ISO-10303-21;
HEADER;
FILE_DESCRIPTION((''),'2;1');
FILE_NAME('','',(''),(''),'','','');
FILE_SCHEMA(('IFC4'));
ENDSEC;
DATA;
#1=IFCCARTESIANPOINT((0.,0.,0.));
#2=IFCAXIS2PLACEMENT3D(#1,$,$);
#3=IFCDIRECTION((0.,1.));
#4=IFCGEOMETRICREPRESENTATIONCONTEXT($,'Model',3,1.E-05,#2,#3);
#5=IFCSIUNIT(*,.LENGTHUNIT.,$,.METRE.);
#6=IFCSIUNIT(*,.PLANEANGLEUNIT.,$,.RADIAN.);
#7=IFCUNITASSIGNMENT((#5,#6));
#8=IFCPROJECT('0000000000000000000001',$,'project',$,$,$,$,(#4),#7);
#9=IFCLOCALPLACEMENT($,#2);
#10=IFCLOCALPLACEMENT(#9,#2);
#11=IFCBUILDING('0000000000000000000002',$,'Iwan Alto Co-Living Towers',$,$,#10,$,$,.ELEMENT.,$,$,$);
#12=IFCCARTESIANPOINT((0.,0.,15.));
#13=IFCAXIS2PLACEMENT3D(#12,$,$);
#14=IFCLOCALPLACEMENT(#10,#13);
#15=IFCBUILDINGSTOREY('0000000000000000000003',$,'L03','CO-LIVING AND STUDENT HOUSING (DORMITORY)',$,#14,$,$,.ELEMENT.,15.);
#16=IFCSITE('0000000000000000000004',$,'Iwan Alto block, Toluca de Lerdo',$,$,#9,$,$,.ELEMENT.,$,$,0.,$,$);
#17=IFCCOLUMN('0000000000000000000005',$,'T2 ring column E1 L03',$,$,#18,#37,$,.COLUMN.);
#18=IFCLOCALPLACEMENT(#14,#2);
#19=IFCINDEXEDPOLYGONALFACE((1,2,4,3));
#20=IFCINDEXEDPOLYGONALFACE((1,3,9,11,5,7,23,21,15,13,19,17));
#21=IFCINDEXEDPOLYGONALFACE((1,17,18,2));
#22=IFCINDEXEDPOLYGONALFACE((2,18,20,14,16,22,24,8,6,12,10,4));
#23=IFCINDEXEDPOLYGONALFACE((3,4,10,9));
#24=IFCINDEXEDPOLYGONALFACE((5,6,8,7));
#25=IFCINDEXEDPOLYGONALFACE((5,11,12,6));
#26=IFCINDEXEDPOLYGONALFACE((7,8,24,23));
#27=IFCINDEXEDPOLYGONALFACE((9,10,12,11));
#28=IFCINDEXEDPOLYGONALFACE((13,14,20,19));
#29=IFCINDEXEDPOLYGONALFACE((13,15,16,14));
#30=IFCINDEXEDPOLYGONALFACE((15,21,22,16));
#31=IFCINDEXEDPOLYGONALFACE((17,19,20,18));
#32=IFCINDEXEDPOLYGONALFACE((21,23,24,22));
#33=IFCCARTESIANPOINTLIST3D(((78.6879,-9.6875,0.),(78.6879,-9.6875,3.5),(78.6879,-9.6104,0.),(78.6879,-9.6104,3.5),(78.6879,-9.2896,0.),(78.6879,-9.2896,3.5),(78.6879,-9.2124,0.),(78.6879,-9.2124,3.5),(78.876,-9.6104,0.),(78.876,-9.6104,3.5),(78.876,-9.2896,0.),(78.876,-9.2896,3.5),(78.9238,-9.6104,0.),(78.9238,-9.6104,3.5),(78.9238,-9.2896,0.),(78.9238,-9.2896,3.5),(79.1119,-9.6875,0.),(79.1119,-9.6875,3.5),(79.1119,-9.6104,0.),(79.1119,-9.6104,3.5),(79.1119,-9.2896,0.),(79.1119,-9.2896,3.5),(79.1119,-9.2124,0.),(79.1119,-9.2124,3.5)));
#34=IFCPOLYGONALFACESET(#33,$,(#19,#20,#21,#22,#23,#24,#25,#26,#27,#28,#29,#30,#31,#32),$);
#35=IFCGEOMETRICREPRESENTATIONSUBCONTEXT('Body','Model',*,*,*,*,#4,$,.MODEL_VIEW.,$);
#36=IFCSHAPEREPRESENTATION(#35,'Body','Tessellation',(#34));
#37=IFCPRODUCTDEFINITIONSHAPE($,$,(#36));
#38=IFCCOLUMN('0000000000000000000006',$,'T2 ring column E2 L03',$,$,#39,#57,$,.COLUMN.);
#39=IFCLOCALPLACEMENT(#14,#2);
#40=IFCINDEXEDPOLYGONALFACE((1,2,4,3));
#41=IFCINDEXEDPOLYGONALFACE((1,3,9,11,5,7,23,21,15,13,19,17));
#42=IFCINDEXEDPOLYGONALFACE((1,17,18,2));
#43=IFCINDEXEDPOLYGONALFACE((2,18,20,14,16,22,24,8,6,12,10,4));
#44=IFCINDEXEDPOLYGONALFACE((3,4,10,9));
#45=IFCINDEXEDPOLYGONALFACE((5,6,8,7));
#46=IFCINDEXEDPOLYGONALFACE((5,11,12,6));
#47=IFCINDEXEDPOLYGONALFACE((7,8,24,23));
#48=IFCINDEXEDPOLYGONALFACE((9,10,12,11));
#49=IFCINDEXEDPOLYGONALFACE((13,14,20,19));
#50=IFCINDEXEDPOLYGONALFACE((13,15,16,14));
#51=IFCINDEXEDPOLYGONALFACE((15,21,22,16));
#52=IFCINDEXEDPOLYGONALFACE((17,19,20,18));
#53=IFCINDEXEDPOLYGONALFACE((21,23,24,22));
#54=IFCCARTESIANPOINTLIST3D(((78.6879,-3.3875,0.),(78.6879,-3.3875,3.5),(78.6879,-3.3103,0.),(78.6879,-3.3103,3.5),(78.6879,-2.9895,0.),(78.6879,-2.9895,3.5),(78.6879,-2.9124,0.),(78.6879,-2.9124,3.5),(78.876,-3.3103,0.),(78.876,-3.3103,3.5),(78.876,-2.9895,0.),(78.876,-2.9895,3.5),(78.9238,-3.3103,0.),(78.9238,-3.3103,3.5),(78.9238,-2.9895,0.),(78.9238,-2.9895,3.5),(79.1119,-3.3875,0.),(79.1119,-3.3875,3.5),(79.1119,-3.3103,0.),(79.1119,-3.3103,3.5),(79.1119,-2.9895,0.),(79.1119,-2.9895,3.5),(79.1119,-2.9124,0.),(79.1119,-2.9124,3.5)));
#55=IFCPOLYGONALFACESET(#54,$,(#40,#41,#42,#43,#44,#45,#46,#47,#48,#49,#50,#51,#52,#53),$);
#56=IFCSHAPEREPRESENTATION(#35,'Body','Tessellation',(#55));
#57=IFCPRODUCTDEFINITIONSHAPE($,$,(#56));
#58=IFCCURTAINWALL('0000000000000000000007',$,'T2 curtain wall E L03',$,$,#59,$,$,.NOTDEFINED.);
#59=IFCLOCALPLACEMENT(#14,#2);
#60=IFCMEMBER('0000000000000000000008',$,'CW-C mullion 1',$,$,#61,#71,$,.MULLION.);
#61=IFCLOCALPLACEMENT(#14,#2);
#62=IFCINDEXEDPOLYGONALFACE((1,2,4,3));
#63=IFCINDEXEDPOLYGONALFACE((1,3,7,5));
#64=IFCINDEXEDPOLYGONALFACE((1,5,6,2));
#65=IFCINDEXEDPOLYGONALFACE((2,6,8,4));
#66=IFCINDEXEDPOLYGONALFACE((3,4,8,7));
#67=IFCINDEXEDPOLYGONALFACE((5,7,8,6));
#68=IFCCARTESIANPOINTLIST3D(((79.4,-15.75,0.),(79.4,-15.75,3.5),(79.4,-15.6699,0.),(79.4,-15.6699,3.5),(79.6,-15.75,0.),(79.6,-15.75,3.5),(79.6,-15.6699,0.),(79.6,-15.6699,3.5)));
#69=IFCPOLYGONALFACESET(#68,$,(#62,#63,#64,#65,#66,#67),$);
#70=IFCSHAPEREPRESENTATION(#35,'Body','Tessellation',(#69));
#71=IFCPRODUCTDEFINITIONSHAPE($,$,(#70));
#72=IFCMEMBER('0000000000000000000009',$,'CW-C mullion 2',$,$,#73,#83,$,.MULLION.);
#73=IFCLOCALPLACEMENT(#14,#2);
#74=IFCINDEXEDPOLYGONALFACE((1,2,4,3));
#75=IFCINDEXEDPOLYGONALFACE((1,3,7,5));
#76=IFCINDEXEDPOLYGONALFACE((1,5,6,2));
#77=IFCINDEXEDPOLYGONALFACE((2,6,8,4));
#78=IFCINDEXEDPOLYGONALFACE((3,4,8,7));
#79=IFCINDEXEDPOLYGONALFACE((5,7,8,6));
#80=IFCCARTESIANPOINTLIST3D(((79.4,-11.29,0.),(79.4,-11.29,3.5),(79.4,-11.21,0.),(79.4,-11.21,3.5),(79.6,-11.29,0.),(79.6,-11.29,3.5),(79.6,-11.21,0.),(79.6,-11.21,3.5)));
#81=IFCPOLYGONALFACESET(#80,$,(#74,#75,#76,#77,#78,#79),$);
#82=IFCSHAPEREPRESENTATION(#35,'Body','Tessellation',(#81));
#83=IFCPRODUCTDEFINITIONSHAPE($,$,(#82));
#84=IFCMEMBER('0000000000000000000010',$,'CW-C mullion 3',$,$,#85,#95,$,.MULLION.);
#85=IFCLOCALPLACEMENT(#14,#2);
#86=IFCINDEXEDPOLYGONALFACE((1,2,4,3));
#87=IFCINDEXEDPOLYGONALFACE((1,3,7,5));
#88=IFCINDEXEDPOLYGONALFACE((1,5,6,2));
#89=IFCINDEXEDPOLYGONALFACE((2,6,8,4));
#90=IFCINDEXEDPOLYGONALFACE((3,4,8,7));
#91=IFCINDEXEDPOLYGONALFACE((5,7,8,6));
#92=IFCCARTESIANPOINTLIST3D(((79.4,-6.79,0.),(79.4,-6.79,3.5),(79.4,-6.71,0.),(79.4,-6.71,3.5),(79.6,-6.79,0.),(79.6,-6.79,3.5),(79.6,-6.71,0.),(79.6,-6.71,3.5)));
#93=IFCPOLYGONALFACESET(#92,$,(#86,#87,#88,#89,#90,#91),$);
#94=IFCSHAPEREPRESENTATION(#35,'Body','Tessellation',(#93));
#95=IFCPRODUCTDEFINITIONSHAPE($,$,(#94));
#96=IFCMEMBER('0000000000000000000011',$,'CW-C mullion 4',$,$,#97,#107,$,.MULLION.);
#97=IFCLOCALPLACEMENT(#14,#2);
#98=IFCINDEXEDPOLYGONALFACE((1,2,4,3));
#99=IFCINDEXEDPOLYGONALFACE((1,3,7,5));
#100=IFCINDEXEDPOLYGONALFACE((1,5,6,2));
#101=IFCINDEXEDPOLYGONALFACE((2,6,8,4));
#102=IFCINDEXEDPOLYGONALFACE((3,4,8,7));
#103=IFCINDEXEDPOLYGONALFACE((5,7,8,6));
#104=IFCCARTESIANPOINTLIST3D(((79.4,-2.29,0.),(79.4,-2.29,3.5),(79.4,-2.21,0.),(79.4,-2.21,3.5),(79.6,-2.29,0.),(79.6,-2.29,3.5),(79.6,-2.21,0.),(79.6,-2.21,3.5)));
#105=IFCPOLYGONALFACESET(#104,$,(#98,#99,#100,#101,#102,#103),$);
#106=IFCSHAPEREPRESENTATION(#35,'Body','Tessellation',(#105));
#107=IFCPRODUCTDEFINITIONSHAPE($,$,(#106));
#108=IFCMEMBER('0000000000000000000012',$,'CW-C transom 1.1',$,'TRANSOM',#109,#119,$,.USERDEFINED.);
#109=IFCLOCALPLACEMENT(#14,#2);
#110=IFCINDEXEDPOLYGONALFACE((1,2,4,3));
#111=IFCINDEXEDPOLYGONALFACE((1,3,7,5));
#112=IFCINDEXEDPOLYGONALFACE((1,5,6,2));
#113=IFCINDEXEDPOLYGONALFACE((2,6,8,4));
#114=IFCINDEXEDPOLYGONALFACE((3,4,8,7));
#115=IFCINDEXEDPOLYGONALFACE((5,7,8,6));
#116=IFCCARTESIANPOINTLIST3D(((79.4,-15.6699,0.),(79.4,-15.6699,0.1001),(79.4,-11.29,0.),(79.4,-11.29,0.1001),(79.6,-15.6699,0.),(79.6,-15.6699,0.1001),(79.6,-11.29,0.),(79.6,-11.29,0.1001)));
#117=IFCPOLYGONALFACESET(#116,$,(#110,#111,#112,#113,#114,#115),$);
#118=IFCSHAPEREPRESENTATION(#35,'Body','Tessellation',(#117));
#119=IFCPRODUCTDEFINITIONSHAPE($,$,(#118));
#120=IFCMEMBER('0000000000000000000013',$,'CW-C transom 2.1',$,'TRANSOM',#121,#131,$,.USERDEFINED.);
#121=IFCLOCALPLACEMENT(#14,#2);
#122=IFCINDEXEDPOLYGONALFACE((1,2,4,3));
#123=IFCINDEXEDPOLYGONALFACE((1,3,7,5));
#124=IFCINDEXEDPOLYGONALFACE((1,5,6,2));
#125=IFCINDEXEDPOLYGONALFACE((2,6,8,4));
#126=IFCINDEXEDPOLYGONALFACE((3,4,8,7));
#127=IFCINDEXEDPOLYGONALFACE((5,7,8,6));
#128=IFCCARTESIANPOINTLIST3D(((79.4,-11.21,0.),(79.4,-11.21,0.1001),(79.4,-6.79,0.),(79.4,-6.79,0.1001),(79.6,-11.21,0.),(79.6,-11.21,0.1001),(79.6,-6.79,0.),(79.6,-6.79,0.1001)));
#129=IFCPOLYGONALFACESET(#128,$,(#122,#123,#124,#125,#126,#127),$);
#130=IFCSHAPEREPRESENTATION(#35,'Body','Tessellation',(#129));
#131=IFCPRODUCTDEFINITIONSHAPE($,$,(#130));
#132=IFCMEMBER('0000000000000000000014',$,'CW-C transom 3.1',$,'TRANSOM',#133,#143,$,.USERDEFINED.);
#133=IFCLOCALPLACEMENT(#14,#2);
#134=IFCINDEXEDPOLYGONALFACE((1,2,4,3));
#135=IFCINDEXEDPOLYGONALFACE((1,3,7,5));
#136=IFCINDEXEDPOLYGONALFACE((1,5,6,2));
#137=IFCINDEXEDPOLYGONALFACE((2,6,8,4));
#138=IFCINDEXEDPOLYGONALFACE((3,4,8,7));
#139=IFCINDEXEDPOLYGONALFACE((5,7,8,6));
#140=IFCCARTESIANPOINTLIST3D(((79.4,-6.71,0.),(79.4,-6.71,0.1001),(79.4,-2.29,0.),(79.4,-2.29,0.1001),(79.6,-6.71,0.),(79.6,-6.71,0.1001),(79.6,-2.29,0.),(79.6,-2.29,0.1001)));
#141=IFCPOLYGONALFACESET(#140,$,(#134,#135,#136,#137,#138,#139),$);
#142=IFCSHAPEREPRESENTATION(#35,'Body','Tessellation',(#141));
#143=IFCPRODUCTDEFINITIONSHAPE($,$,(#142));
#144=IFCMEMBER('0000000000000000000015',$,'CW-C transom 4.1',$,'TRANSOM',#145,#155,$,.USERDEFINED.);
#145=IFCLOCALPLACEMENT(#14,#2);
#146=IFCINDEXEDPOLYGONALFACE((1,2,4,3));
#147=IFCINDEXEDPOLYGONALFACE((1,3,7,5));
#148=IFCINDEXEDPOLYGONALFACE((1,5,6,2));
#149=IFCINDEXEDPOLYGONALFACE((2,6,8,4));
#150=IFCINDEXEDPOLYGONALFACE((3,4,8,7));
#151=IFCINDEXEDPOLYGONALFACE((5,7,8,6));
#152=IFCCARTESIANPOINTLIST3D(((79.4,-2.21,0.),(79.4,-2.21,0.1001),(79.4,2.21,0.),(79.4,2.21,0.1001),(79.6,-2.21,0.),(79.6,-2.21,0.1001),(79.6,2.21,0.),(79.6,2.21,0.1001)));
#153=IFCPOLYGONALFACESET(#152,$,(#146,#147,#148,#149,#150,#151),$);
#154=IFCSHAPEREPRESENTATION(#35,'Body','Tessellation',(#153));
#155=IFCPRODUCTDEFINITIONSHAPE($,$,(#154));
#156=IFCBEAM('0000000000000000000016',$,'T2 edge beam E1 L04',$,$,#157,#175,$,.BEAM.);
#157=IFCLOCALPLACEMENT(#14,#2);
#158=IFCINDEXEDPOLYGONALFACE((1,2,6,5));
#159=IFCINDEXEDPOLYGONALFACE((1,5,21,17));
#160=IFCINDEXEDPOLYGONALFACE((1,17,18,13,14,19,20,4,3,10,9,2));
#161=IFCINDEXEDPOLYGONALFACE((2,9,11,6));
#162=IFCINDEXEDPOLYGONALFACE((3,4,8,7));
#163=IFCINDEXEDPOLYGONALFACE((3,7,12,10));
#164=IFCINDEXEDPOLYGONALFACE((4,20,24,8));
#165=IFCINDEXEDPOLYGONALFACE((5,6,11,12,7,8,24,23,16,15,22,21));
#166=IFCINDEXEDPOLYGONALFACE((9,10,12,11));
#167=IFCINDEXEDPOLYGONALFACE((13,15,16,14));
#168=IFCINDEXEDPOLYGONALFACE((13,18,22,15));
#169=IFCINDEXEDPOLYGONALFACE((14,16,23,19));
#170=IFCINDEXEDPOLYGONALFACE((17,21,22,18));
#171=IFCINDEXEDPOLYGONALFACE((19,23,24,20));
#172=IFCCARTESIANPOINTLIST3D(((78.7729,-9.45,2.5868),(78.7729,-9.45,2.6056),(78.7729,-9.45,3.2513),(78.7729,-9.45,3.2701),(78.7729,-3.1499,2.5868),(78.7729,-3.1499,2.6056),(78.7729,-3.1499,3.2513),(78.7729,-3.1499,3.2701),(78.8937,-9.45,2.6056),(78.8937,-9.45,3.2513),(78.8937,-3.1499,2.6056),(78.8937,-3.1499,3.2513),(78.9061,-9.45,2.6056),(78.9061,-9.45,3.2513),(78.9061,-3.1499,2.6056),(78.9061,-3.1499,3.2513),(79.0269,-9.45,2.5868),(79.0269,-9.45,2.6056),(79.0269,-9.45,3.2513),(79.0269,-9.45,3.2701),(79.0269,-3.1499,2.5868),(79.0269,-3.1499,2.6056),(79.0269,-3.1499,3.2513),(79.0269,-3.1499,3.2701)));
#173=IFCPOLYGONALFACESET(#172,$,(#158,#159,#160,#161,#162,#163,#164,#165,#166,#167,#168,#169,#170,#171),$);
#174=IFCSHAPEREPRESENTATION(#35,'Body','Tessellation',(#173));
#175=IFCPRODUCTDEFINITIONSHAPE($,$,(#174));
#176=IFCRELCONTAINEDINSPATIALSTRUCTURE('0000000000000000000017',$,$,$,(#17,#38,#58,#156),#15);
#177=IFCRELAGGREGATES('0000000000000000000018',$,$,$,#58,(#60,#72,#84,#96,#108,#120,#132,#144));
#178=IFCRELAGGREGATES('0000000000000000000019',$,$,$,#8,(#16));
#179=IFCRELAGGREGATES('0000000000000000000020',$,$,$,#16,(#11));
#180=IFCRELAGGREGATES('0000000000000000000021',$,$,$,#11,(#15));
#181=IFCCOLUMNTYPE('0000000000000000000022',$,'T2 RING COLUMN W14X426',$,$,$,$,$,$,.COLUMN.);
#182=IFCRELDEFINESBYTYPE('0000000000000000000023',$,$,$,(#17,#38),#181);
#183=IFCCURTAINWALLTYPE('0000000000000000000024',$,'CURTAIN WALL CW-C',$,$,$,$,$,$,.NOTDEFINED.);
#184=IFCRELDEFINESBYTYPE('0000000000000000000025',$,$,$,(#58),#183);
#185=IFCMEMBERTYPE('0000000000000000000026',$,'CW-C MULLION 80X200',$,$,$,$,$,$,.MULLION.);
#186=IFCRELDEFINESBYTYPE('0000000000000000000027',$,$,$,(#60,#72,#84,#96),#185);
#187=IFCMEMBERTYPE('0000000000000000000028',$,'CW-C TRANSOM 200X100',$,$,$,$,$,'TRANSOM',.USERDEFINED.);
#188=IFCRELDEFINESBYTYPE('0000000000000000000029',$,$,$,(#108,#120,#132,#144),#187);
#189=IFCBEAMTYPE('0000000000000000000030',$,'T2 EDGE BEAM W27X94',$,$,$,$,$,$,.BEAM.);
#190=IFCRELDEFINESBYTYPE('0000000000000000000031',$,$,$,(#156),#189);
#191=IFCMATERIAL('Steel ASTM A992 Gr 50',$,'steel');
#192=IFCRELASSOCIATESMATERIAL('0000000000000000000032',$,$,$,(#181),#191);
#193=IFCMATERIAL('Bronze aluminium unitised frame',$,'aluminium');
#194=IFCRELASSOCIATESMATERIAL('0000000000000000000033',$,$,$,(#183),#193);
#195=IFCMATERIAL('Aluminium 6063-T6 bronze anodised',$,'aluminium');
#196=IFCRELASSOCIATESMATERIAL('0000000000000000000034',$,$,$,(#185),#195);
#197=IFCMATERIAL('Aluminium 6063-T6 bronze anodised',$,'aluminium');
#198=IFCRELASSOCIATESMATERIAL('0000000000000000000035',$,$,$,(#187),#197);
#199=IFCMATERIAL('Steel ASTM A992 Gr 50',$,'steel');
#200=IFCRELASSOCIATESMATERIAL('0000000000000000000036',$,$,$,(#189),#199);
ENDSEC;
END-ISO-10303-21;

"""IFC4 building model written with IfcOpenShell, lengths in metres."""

from ifc_helpers import new_model, si_unit, direction, frame, origin, origin_2d, place, context, subcontext, project, spatial, rectangle, i_section, extrude, material, material_profile, profile_set, type_object, element, aggregate, save


model = new_model("IFC4")

# Units and contexts
model_context = context("Model", 3, precision=1e-05, world=origin(), true_north=direction((0.0, 1.0)))
body_context = subcontext(model_context, "Body", "Model", "MODEL_VIEW")
ifc_project = project(units=[si_unit("LENGTHUNIT", "METRE"), si_unit("PLANEANGLEUNIT", "RADIAN")], contexts=[model_context])

# Site, building, storey
site_placement = place(None, origin())
site = spatial("IfcSite", under=ifc_project, at=site_placement, Name="Iwan Alto block, Toluca de Lerdo", CompositionType="ELEMENT", RefElevation=0.0)
building_placement = place(site_placement, origin())
building = spatial("IfcBuilding", under=site, at=building_placement, Name="Iwan Alto Co-Living Towers", CompositionType="ELEMENT")
storey_placement = place(building_placement, frame((0.0, 0.0, 15.0)))
storey = spatial("IfcBuildingStorey", under=building, at=storey_placement, Name="L03", Description="CO-LIVING AND STUDENT HOUSING (DORMITORY)", CompositionType="ELEMENT", Elevation=15.0)

# Columns
ifc_material_1 = material(Name="Steel ASTM A992 Gr 50", Category="steel")
ifc_material_profile_1 = material_profile(ifc_material_1, i_section(OverallWidth=0.4241, OverallDepth=0.4751, WebThickness=0.0479, FlangeThickness=0.0771, at=origin_2d()), Name="W14X426")
ifc_profile_set_1 = profile_set([ifc_material_profile_1], Name="Steel ASTM A992 Gr 50")
column_type = type_object("IfcColumnType", Name="T2 RING COLUMN W14X426", PredefinedType="COLUMN", material=ifc_profile_set_1)
for number, where, z_axis, x_axis, name in (
    (1, (78.8999, -9.45, 0.0), (0.0, 0.0, 1.0), (1.0, 0.0, 0.0), "T2 ring column E1 L03"),
    (2, (78.8999, -3.1499, 0.0), (0.0, 0.0, 1.0), (1.0, 0.0, 0.0), "T2 ring column E2 L03"),
):
    element("IfcColumn", number, at=place(storey_placement, frame(where, z_axis=z_axis, x_axis=x_axis)), inside=storey, type_object=column_type, Name=name, PredefinedType="COLUMN", context=body_context, shape_type="SweptSolid", body=[
        extrude(i_section(OverallWidth=0.4241, OverallDepth=0.4751, WebThickness=0.0479, FlangeThickness=0.0771, at=origin_2d()), origin(), (0.0, 0.0, 1.0), 3.5),
    ])

# Curtain wall, members
ifc_material_2 = material(Name="Bronze aluminium unitised frame", Category="aluminium")
curtain_wall_type = type_object("IfcCurtainWallType", Name="CURTAIN WALL CW-C", PredefinedType="NOTDEFINED", material=ifc_material_2)
curtain_wall_placement = place(storey_placement, origin())
curtain_wall = element("IfcCurtainWall", 3, at=curtain_wall_placement, inside=storey, type_object=curtain_wall_type, Name="T2 curtain wall E L03", PredefinedType="NOTDEFINED")
ifc_material_3 = material(Name="Aluminium 6063-T6 bronze anodised", Category="aluminium")
ifc_material_profile_2 = material_profile(ifc_material_3, rectangle(XDim=0.2, YDim=0.0801, at=origin_2d()), Name="AL 80X200")
ifc_profile_set_2 = profile_set([ifc_material_profile_2], Name="Aluminium 6063-T6 bronze anodised")
member_type_1 = type_object("IfcMemberType", Name="CW-C MULLION 80X200", PredefinedType="MULLION", material=ifc_profile_set_2)
member_1_placement = place(storey_placement, frame((79.5, -15.71, 0.0), z_axis=(0.0, 0.0, 1.0), x_axis=(-1.0, 0.0, 0.0)))
member_1 = element("IfcMember", 4, at=member_1_placement, type_object=member_type_1, Name="CW-C mullion 1", PredefinedType="MULLION", context=body_context, shape_type="SweptSolid", body=[
    extrude(rectangle(XDim=0.2, YDim=0.0801, at=origin_2d()), origin(), (0.0, 0.0, 1.0), 3.5),
])
member_2_placement = place(storey_placement, frame((79.5, -11.25, 0.0), z_axis=(0.0, 0.0, 1.0), x_axis=(-1.0, 0.0, 0.0)))
member_2 = element("IfcMember", 5, at=member_2_placement, type_object=member_type_1, Name="CW-C mullion 2", PredefinedType="MULLION", context=body_context, shape_type="SweptSolid", body=[
    extrude(rectangle(XDim=0.2, YDim=0.0801, at=origin_2d()), origin(), (0.0, 0.0, 1.0), 3.5),
])
member_3_placement = place(storey_placement, frame((79.5, -6.75, 0.0), z_axis=(0.0, 0.0, 1.0), x_axis=(-1.0, 0.0, 0.0)))
member_3 = element("IfcMember", 6, at=member_3_placement, type_object=member_type_1, Name="CW-C mullion 3", PredefinedType="MULLION", context=body_context, shape_type="SweptSolid", body=[
    extrude(rectangle(XDim=0.2, YDim=0.0801, at=origin_2d()), origin(), (0.0, 0.0, 1.0), 3.5),
])
member_4_placement = place(storey_placement, frame((79.5, -2.25, 0.0), z_axis=(0.0, 0.0, 1.0), x_axis=(-1.0, 0.0, 0.0)))
member_4 = element("IfcMember", 7, at=member_4_placement, type_object=member_type_1, Name="CW-C mullion 4", PredefinedType="MULLION", context=body_context, shape_type="SweptSolid", body=[
    extrude(rectangle(XDim=0.2, YDim=0.0801, at=origin_2d()), origin(), (0.0, 0.0, 1.0), 3.5),
])
ifc_material_4 = material(Name="Aluminium 6063-T6 bronze anodised", Category="aluminium")
ifc_material_profile_3 = material_profile(ifc_material_4, rectangle(XDim=0.2, YDim=0.1001, at=origin_2d()), Name="AL 200X100")
ifc_profile_set_3 = profile_set([ifc_material_profile_3], Name="Aluminium 6063-T6 bronze anodised")
member_type_2 = type_object("IfcMemberType", Name="CW-C TRANSOM 200X100", ElementType="TRANSOM", PredefinedType="USERDEFINED", material=ifc_profile_set_3)
member_5_placement = place(storey_placement, frame((79.5, -15.6699, 0.05), z_axis=(0.0, 1.0, 0.0), x_axis=(-1.0, 0.0, 0.0)))
member_5 = element("IfcMember", 8, at=member_5_placement, type_object=member_type_2, Name="CW-C transom 1.1", ObjectType="TRANSOM", PredefinedType="USERDEFINED", context=body_context, shape_type="SweptSolid", body=[
    extrude(rectangle(XDim=0.2, YDim=0.1001, at=origin_2d()), origin(), (0.0, 0.0, 1.0), 4.3799),
])
member_6_placement = place(storey_placement, frame((79.5, -11.21, 0.05), z_axis=(0.0, 1.0, 0.0), x_axis=(-1.0, 0.0, 0.0)))
member_6 = element("IfcMember", 9, at=member_6_placement, type_object=member_type_2, Name="CW-C transom 2.1", ObjectType="TRANSOM", PredefinedType="USERDEFINED", context=body_context, shape_type="SweptSolid", body=[
    extrude(rectangle(XDim=0.2, YDim=0.1001, at=origin_2d()), origin(), (0.0, 0.0, 1.0), 4.4199),
])
member_7_placement = place(storey_placement, frame((79.5, -6.71, 0.05), z_axis=(0.0, 1.0, 0.0), x_axis=(-1.0, 0.0, 0.0)))
member_7 = element("IfcMember", 10, at=member_7_placement, type_object=member_type_2, Name="CW-C transom 3.1", ObjectType="TRANSOM", PredefinedType="USERDEFINED", context=body_context, shape_type="SweptSolid", body=[
    extrude(rectangle(XDim=0.2, YDim=0.1001, at=origin_2d()), origin(), (0.0, 0.0, 1.0), 4.4199),
])
member_8_placement = place(storey_placement, frame((79.5, -2.21, 0.05), z_axis=(0.0, 1.0, 0.0), x_axis=(-1.0, 0.0, 0.0)))
member_8 = element("IfcMember", 11, at=member_8_placement, type_object=member_type_2, Name="CW-C transom 4.1", ObjectType="TRANSOM", PredefinedType="USERDEFINED", context=body_context, shape_type="SweptSolid", body=[
    extrude(rectangle(XDim=0.2, YDim=0.1001, at=origin_2d()), origin(), (0.0, 0.0, 1.0), 4.4199),
])

# Beam
ifc_material_5 = material(Name="Steel ASTM A992 Gr 50", Category="steel")
ifc_material_profile_4 = material_profile(ifc_material_5, i_section(OverallWidth=0.2539, OverallDepth=0.6833, WebThickness=0.0125, FlangeThickness=0.0188, at=origin_2d()), Name="W27X94")
ifc_profile_set_4 = profile_set([ifc_material_profile_4], Name="Steel ASTM A992 Gr 50")
beam_type_1 = type_object("IfcBeamType", Name="T2 EDGE BEAM W27X94", PredefinedType="BEAM", material=ifc_profile_set_4)
beam_1_placement = place(storey_placement, frame((78.8999, -9.45, 2.9285), z_axis=(0.0, 1.0, 0.0), x_axis=(-1.0, 0.0, 0.0)))
element("IfcBeam", 12, at=beam_1_placement, inside=storey, type_object=beam_type_1, Name="T2 edge beam E1 L04", PredefinedType="BEAM", context=body_context, shape_type="SweptSolid", body=[
    extrude(i_section(OverallWidth=0.2539, OverallDepth=0.6833, WebThickness=0.0125, FlangeThickness=0.0188, at=origin_2d()), origin(), (0.0, 0.0, 1.0), 6.3),
])

aggregate(curtain_wall, [member_1, member_2, member_3, member_4, member_5, member_6, member_7, member_8])

save(model, "model.ifc")
